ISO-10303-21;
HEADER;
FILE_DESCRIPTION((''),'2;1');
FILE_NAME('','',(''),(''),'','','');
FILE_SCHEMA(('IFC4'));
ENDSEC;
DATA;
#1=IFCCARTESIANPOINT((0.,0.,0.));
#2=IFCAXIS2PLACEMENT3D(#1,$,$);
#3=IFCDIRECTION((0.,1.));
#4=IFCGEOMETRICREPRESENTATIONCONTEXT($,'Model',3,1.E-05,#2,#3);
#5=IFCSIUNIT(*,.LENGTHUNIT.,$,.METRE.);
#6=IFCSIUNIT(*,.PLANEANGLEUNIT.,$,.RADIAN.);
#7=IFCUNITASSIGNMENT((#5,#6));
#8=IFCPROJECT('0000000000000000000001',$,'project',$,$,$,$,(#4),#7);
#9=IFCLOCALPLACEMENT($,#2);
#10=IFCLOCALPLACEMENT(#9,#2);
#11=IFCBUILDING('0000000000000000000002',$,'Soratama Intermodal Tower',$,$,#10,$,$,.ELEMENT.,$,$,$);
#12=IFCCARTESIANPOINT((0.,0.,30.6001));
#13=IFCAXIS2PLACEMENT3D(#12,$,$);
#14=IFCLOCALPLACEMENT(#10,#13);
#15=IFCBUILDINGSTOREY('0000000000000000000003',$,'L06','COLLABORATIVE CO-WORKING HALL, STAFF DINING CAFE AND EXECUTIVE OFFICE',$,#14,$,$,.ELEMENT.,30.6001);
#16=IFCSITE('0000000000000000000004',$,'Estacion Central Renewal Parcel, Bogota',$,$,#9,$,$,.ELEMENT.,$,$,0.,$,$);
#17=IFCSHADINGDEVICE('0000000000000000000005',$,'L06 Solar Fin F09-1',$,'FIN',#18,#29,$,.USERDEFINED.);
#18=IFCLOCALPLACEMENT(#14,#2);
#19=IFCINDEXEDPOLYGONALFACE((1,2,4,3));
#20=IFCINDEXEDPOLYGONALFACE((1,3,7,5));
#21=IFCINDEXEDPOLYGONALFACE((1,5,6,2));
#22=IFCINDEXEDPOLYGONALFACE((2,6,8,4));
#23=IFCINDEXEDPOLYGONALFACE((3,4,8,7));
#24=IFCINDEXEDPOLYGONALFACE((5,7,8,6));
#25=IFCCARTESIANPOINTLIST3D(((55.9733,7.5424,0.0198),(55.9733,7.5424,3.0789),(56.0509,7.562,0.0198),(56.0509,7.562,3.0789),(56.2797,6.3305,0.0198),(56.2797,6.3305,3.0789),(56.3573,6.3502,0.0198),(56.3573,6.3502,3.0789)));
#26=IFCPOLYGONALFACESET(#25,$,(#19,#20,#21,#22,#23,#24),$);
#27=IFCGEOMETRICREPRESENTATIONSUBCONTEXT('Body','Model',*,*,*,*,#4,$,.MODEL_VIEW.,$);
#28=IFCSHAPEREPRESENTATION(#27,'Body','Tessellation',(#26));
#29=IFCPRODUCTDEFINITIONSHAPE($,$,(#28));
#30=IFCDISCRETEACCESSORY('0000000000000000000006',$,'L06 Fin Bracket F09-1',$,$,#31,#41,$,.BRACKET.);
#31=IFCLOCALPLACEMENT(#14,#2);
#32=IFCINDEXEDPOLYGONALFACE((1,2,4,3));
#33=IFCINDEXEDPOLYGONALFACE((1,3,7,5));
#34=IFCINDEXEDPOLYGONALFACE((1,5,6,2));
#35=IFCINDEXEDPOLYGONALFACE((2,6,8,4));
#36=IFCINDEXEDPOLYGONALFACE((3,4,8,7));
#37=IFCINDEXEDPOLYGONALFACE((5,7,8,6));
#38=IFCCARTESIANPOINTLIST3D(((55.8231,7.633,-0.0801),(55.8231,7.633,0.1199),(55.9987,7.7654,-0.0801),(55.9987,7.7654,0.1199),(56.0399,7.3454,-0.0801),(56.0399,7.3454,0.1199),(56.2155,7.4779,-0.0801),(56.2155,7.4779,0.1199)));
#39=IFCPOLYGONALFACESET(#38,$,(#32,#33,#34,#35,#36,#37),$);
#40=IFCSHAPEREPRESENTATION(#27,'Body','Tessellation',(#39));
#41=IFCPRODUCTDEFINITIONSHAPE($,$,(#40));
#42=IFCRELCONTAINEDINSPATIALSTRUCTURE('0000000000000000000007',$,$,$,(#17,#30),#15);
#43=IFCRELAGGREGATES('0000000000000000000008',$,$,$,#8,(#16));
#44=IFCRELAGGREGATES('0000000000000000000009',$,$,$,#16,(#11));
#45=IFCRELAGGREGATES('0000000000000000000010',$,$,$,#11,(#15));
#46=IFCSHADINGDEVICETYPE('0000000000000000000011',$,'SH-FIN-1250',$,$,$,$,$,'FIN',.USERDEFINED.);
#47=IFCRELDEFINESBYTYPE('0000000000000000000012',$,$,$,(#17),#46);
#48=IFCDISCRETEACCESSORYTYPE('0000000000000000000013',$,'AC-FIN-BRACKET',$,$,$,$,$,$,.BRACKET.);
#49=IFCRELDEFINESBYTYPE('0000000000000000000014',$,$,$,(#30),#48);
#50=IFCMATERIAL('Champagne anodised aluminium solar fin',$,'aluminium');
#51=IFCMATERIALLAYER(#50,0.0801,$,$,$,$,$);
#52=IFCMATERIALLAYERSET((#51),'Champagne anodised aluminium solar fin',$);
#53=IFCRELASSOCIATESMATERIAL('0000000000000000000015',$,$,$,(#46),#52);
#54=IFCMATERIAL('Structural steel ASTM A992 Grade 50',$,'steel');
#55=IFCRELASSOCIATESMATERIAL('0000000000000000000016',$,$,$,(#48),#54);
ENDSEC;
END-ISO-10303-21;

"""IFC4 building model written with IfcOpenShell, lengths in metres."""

from ifc_helpers import new_model, si_unit, direction, frame, origin, origin_2d, place, context, subcontext, project, spatial, rectangle, extrude, material, layer, layer_set, type_object, element, save


model = new_model("IFC4")

# Units and contexts
model_context = context("Model", 3, precision=1e-05, world=origin(), true_north=direction((0.0, 1.0)))
body_context = subcontext(model_context, "Body", "Model", "MODEL_VIEW")
ifc_project = project(units=[si_unit("LENGTHUNIT", "METRE"), si_unit("PLANEANGLEUNIT", "RADIAN")], contexts=[model_context])

# Site, building, storey
site_placement = place(None, origin())
site = spatial("IfcSite", under=ifc_project, at=site_placement, Name="Estacion Central Renewal Parcel, Bogota", CompositionType="ELEMENT", RefElevation=0.0)
building_placement = place(site_placement, origin())
building = spatial("IfcBuilding", under=site, at=building_placement, Name="Soratama Intermodal Tower", CompositionType="ELEMENT")
storey_placement = place(building_placement, frame((0.0, 0.0, 30.6001)))
storey = spatial("IfcBuildingStorey", under=building, at=storey_placement, Name="L06", Description="COLLABORATIVE CO-WORKING HALL, STAFF DINING CAFE AND EXECUTIVE OFFICE", CompositionType="ELEMENT", Elevation=30.6001)

# Shading device
ifc_material_1 = material(Name="Champagne anodised aluminium solar fin", Category="aluminium")
ifc_layer_1 = layer(ifc_material_1, 0.0801)
ifc_layer_set_1 = layer_set([ifc_layer_1], Name="Champagne anodised aluminium solar fin")
shading_device_type = type_object("IfcShadingDeviceType", Name="SH-FIN-1250", ElementType="FIN", PredefinedType="USERDEFINED", material=ifc_layer_set_1)
shading_device_placement = place(storey_placement, frame((56.1653, 6.9463, 0.0198), z_axis=(0.0, 0.0, 1.0), x_axis=(0.245138, -0.969488, 0.0)))
element("IfcShadingDevice", 1, at=shading_device_placement, inside=storey, type_object=shading_device_type, Name="L06 Solar Fin F09-1", ObjectType="FIN", PredefinedType="USERDEFINED", context=body_context, shape_type="SweptSolid", body=[
    extrude(rectangle(XDim=1.25, YDim=0.0801, at=origin_2d()), origin(), (0.0, 0.0, 1.0), 3.0591),
])

# Discrete accessory
ifc_material_2 = material(Name="Structural steel ASTM A992 Grade 50", Category="steel")
discrete_accessory_type = type_object("IfcDiscreteAccessoryType", Name="AC-FIN-BRACKET", PredefinedType="BRACKET", material=ifc_material_2)
discrete_accessory_placement = place(storey_placement, frame((56.0193, 7.5554, -0.0801), z_axis=(0.0, 0.0, 1.0), x_axis=(0.602094, -0.798425, 0.0)))
element("IfcDiscreteAccessory", 2, at=discrete_accessory_placement, inside=storey, type_object=discrete_accessory_type, Name="L06 Fin Bracket F09-1", PredefinedType="BRACKET", context=body_context, shape_type="SweptSolid", body=[
    extrude(rectangle(XDim=0.3601, YDim=0.22, at=origin_2d()), origin(), (0.0, 0.0, 1.0), 0.2),
])

save(model, "model.ifc")
